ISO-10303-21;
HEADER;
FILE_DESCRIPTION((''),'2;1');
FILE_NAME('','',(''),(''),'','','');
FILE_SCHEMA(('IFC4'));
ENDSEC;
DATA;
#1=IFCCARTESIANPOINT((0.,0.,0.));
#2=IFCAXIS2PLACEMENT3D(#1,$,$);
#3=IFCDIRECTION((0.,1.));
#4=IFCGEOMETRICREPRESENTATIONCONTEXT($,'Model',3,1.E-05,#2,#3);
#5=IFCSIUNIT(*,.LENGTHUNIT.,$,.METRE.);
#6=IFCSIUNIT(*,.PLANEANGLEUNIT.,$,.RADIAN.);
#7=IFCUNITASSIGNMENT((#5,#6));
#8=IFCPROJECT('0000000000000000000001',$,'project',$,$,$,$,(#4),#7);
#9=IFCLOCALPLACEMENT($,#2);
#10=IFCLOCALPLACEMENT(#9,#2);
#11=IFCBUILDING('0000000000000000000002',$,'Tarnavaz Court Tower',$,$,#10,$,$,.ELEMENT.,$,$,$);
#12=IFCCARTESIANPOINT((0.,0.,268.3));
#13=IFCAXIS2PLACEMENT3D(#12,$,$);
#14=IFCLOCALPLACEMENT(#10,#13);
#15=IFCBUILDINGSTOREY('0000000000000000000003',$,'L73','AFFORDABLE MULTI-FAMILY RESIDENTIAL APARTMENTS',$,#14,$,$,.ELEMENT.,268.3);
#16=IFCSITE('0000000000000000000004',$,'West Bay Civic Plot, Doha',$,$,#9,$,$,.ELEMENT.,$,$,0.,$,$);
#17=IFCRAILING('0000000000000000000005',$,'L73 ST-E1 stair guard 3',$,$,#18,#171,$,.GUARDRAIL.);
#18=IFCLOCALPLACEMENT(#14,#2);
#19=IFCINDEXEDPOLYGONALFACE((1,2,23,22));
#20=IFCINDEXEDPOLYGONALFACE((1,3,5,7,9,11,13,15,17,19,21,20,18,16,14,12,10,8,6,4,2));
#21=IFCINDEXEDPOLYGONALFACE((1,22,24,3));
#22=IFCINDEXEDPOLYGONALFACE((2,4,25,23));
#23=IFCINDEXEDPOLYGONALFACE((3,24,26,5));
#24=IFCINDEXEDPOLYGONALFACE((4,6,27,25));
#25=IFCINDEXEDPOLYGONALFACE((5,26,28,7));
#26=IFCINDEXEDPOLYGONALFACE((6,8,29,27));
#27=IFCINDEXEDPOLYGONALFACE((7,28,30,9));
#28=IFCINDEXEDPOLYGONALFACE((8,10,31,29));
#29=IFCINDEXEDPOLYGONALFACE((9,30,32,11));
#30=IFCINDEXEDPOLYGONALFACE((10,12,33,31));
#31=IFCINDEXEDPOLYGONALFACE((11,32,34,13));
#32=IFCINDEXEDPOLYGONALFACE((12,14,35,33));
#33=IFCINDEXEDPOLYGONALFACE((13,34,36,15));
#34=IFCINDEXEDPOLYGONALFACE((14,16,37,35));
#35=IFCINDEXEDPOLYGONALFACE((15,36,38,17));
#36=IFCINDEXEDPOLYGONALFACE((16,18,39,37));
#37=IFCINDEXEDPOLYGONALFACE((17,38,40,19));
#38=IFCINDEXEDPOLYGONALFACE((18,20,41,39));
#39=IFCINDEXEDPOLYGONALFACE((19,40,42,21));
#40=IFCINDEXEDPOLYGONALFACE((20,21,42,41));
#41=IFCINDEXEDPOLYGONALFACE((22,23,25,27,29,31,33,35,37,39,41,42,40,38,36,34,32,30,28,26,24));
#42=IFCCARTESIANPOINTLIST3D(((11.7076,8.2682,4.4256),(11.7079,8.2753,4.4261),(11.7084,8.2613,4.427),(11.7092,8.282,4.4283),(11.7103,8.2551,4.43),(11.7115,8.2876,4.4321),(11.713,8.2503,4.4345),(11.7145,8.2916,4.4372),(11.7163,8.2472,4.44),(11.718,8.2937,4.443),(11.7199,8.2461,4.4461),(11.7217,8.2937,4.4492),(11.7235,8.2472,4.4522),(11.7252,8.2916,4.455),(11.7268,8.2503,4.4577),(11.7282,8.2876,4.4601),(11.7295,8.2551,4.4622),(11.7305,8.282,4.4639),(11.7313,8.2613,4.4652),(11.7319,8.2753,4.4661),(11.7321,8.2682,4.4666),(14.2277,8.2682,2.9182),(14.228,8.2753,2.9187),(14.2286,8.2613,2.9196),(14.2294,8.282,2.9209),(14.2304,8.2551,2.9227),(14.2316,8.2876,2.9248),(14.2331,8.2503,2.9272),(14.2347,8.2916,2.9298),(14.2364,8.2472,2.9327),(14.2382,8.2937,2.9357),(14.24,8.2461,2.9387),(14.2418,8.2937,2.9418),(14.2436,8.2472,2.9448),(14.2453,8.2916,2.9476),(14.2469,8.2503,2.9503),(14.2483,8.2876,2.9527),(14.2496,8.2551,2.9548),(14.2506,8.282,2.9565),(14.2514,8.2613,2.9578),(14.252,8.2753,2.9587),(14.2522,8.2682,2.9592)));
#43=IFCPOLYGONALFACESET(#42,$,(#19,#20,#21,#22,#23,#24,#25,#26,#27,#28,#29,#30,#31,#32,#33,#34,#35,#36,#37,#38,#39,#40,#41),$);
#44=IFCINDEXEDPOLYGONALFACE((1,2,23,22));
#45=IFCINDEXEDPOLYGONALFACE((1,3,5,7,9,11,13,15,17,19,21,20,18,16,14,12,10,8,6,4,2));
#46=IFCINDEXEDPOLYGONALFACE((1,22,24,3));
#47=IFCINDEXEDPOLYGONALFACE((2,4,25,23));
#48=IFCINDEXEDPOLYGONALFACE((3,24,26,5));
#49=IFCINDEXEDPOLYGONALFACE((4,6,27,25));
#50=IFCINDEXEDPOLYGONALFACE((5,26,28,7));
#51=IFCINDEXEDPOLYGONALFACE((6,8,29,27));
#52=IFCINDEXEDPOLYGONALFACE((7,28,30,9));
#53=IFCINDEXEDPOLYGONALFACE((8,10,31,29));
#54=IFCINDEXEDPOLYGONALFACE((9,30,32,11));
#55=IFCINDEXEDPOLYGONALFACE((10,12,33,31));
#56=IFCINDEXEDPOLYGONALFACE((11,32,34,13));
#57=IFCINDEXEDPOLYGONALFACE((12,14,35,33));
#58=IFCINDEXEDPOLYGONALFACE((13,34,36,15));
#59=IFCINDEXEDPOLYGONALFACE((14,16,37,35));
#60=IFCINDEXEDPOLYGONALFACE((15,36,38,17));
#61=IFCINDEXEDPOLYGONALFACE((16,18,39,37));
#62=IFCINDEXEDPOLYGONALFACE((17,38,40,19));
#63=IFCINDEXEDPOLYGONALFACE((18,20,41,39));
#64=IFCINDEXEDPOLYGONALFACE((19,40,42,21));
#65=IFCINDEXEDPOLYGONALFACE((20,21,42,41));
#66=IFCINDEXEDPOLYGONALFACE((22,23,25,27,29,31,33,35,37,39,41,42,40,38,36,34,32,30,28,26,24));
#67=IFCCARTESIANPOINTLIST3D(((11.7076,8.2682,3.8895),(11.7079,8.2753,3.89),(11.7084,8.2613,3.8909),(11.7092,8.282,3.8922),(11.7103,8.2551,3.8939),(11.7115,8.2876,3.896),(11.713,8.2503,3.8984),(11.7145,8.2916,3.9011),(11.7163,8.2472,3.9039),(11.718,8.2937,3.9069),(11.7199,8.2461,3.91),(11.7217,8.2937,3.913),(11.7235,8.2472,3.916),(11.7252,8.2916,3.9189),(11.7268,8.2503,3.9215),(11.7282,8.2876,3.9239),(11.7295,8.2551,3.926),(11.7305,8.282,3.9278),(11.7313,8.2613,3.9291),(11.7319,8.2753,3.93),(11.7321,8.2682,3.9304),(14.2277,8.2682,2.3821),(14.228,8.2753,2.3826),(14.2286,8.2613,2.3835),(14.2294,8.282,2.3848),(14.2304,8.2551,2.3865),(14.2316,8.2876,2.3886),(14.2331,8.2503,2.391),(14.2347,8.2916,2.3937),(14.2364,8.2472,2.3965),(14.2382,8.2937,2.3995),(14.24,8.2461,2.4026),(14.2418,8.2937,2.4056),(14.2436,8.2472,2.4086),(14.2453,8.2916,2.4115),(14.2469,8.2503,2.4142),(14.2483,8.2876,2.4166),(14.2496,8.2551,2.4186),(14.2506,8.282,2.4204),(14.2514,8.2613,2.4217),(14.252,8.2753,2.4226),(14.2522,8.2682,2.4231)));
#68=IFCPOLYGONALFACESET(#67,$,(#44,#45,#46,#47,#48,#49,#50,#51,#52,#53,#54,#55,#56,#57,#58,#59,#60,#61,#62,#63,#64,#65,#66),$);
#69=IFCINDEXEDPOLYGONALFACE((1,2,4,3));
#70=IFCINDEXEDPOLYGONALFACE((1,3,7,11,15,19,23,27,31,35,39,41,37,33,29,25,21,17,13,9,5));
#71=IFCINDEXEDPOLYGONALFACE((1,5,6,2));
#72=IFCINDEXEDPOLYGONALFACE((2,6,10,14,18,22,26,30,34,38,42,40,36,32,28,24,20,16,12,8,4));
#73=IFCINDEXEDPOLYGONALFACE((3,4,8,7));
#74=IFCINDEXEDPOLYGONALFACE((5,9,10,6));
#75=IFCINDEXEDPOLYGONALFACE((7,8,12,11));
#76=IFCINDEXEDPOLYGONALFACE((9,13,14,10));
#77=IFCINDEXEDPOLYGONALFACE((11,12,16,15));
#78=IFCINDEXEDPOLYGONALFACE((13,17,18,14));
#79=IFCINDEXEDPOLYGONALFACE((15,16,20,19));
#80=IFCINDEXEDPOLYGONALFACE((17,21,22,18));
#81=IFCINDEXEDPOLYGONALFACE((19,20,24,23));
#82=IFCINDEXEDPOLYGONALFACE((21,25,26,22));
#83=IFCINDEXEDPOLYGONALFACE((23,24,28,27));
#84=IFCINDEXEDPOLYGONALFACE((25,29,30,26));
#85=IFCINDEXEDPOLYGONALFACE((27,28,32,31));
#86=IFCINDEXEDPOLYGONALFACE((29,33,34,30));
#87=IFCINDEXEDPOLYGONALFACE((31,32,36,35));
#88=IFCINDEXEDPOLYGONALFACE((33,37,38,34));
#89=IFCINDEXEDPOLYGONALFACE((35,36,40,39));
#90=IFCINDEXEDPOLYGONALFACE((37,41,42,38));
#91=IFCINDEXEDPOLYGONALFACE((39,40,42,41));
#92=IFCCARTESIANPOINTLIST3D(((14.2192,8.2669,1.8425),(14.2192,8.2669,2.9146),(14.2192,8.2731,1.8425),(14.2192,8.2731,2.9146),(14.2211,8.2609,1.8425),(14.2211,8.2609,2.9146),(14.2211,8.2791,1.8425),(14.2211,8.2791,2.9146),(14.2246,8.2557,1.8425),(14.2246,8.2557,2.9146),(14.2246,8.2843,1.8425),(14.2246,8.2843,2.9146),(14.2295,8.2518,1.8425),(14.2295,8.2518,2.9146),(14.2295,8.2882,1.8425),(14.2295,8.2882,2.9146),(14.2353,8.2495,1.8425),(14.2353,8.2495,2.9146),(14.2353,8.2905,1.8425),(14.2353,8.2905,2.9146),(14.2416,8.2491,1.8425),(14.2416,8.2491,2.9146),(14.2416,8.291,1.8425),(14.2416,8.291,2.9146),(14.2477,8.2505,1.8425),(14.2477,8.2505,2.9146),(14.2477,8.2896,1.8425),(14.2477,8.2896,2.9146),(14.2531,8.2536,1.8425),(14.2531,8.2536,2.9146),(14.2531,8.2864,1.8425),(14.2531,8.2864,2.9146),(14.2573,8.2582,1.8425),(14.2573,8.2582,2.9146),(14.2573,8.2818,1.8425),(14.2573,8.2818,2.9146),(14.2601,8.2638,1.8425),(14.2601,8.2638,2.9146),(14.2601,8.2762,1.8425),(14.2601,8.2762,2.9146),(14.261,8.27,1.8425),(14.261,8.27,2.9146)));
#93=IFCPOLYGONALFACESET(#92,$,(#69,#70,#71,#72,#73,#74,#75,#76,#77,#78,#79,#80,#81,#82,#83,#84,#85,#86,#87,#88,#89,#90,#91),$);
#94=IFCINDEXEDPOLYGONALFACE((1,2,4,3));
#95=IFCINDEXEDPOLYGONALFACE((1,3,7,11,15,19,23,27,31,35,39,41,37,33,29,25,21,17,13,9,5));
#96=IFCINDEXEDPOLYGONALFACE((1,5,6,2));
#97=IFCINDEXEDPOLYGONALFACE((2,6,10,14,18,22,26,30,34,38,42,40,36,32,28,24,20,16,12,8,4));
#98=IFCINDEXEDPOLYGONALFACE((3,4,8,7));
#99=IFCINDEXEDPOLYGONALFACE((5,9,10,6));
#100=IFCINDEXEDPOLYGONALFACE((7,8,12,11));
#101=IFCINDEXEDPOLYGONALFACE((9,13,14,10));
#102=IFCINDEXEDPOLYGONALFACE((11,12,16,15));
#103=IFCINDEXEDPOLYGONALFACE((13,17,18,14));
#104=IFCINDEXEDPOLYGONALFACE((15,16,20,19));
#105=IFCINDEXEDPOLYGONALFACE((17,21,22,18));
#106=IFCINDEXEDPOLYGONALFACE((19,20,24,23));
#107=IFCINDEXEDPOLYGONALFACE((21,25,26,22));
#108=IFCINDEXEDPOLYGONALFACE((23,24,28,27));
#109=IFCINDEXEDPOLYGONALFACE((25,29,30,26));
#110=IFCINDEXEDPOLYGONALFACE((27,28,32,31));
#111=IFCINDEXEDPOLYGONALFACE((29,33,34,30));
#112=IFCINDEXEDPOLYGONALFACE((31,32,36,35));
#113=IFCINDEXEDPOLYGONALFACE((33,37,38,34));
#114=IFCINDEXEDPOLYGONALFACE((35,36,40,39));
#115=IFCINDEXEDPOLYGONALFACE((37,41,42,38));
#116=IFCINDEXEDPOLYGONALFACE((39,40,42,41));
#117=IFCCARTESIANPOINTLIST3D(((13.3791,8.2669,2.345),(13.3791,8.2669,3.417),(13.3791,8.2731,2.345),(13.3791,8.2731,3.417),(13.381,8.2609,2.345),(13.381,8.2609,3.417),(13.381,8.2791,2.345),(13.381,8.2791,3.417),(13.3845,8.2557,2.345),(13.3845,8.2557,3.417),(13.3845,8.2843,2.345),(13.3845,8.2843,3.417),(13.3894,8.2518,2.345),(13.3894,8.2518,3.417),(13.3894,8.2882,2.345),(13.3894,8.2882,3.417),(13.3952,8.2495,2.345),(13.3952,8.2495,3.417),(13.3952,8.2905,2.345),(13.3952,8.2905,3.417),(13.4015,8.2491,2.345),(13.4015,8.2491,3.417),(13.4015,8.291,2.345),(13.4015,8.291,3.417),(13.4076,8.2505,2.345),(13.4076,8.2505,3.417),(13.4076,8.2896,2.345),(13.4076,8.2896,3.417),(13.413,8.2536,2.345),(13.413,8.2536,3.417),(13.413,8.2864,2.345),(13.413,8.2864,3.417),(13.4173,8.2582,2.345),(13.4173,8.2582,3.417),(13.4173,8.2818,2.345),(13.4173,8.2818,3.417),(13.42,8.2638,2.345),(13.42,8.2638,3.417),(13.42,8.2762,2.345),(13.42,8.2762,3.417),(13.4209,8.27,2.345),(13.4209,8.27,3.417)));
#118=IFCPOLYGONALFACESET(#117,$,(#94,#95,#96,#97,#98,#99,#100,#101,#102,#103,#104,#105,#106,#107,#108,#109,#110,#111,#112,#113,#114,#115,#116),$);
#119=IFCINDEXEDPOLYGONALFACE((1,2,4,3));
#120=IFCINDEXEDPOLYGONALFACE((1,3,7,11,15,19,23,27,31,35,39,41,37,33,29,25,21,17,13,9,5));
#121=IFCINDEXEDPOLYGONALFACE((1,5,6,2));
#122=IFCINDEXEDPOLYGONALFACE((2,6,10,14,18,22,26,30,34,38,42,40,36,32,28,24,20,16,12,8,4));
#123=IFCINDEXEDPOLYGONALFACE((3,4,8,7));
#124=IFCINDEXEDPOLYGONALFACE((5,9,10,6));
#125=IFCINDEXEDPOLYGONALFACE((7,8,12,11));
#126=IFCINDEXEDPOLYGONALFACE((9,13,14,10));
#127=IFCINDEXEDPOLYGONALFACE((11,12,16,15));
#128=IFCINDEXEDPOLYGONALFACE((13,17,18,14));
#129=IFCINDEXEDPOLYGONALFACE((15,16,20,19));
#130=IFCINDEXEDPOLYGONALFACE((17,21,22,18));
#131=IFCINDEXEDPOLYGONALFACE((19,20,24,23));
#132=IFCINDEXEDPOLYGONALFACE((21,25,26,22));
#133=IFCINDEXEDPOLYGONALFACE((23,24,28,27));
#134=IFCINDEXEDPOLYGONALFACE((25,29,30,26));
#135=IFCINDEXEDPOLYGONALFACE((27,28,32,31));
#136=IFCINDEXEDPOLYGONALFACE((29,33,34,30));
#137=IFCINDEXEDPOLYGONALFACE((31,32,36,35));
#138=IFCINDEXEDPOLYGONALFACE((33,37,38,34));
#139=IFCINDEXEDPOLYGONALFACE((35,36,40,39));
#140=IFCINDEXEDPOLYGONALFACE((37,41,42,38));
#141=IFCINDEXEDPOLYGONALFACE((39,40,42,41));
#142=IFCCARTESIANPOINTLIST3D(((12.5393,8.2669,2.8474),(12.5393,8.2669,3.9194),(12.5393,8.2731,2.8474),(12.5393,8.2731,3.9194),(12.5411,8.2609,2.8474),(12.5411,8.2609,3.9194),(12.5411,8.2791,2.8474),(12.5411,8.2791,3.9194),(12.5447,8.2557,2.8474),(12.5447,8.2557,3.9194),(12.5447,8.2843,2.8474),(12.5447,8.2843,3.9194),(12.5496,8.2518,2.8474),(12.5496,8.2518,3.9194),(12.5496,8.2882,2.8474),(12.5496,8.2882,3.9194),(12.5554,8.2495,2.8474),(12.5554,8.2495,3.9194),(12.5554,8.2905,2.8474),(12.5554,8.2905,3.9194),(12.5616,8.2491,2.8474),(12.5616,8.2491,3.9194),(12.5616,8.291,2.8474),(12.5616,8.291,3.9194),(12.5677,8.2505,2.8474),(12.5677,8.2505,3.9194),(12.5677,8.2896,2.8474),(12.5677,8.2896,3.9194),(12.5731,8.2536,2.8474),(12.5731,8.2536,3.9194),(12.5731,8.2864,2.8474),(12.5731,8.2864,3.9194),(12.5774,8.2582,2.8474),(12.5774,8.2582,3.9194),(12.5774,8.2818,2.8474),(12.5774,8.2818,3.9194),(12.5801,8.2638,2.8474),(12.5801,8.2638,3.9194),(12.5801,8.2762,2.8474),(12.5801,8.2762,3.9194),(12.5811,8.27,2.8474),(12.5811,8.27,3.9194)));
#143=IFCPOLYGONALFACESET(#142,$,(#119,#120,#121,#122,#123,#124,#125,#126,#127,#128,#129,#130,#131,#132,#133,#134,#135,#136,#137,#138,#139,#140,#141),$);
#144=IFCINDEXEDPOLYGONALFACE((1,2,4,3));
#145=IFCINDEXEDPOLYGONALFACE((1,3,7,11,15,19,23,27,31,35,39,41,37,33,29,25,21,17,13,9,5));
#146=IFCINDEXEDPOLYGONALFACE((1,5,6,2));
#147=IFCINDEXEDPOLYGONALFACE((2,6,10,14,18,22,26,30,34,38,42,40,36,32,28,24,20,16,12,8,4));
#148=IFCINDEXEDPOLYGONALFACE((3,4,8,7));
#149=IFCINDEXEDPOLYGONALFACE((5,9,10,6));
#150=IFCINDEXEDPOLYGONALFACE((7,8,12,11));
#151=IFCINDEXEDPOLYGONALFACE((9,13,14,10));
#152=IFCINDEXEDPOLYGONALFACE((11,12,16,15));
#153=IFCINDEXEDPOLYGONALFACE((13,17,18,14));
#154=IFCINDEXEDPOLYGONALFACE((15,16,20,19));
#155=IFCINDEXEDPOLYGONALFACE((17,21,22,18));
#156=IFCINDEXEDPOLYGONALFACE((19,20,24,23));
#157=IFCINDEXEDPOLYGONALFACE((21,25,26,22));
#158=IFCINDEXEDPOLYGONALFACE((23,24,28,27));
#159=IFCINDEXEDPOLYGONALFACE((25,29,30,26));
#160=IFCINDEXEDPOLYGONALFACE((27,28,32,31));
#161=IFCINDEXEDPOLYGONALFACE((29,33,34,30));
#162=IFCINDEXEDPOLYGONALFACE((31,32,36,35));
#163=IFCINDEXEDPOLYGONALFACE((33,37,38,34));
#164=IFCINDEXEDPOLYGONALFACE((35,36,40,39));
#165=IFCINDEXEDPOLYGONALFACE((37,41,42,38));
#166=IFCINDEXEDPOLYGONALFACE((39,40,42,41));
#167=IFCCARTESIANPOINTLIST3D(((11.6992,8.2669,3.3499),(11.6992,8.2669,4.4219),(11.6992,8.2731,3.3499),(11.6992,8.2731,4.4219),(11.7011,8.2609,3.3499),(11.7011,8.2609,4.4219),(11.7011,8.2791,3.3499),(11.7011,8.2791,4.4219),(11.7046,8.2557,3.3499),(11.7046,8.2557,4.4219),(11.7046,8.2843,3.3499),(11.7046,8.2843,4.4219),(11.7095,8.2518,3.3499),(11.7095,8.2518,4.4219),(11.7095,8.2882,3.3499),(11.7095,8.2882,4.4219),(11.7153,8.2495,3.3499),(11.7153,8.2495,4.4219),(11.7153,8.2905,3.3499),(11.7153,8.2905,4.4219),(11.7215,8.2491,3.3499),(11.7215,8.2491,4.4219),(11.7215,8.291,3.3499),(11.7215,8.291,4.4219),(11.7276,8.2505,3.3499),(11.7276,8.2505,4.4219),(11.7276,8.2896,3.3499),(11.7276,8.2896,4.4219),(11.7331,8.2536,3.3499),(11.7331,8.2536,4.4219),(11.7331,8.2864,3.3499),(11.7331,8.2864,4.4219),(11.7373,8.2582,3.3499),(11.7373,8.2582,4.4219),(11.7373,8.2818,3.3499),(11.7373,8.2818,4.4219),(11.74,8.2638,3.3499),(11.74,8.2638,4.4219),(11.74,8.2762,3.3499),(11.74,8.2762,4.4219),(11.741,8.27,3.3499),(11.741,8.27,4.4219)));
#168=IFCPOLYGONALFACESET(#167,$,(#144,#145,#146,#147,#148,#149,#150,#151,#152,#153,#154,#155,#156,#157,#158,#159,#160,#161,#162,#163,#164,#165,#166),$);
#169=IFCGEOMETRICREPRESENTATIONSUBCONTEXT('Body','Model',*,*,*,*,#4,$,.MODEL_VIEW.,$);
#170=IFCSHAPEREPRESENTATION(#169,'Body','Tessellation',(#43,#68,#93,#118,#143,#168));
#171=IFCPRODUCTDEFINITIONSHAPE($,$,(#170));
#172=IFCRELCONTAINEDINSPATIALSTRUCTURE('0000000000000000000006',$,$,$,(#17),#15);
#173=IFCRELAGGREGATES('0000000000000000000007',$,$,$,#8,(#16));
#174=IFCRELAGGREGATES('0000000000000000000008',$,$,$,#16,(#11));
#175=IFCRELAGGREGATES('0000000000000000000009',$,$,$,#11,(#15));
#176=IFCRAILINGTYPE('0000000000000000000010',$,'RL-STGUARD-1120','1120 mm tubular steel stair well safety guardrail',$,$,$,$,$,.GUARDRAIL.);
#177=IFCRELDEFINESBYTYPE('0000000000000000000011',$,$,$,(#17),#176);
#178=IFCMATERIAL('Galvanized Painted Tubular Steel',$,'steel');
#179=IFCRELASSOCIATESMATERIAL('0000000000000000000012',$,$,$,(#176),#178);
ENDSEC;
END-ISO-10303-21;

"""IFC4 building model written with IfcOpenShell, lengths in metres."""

from ifc_helpers import new_model, si_unit, direction, frame, origin, origin_2d, place, context, subcontext, project, spatial, circle, extrude, material, type_object, element, save


model = new_model("IFC4")

# Units and contexts
model_context = context("Model", 3, precision=1e-05, world=origin(), true_north=direction((0.0, 1.0)))
body_context = subcontext(model_context, "Body", "Model", "MODEL_VIEW")
ifc_project = project(units=[si_unit("LENGTHUNIT", "METRE"), si_unit("PLANEANGLEUNIT", "RADIAN")], contexts=[model_context])

# Site, building, storey
site_placement = place(None, origin())
site = spatial("IfcSite", under=ifc_project, at=site_placement, Name="West Bay Civic Plot, Doha", CompositionType="ELEMENT", RefElevation=0.0)
building_placement = place(site_placement, origin())
building = spatial("IfcBuilding", under=site, at=building_placement, Name="Tarnavaz Court Tower", CompositionType="ELEMENT")
storey_placement = place(building_placement, frame((0.0, 0.0, 268.3)))
storey = spatial("IfcBuildingStorey", under=building, at=storey_placement, Name="L73", Description="AFFORDABLE MULTI-FAMILY RESIDENTIAL APARTMENTS", CompositionType="ELEMENT", Elevation=268.3)

# Railing
ifc_material_1 = material(Name="Galvanized Painted Tubular Steel", Category="steel")
railing_type_1 = type_object("IfcRailingType", Name="RL-STGUARD-1120", Description="1120 mm tubular steel stair well safety guardrail", PredefinedType="GUARDRAIL", material=ifc_material_1)
railing_1_placement = place(storey_placement, frame((14.24, 8.27, 1.8425)))
element("IfcRailing", 1, at=railing_1_placement, inside=storey, type_object=railing_type_1, Name="L73 ST-E1 stair guard 3", PredefinedType="GUARDRAIL", context=body_context, shape_type="SweptSolid", body=[
    extrude(circle(Radius=0.0239, at=origin_2d()), frame((0.0, 0.0, 1.0962), z_axis=(-0.858196, 0.0, 0.513321), x_axis=(0.0, -1.0, 0.0)), (0.0, 0.0, 1.0), 2.9365),
    extrude(circle(Radius=0.0239, at=origin_2d()), frame((0.0, 0.0, 0.5601), z_axis=(-0.858196, 0.0, 0.513321), x_axis=(0.0, -1.0, 0.0)), (0.0, 0.0, 1.0), 2.9365),
    extrude(circle(Radius=0.021, at=origin_2d()), origin(), (0.0, 0.0, 1.0), 1.072),
    extrude(circle(Radius=0.021, at=origin_2d()), frame((-0.8401, 0.0, 0.5024)), (0.0, 0.0, 1.0), 1.072),
    extrude(circle(Radius=0.021, at=origin_2d()), frame((-1.6799, 0.0, 1.0049)), (0.0, 0.0, 1.0), 1.072),
    extrude(circle(Radius=0.021, at=origin_2d()), frame((-2.52, 0.0, 1.5073)), (0.0, 0.0, 1.0), 1.072),
])

save(model, "model.ifc")
